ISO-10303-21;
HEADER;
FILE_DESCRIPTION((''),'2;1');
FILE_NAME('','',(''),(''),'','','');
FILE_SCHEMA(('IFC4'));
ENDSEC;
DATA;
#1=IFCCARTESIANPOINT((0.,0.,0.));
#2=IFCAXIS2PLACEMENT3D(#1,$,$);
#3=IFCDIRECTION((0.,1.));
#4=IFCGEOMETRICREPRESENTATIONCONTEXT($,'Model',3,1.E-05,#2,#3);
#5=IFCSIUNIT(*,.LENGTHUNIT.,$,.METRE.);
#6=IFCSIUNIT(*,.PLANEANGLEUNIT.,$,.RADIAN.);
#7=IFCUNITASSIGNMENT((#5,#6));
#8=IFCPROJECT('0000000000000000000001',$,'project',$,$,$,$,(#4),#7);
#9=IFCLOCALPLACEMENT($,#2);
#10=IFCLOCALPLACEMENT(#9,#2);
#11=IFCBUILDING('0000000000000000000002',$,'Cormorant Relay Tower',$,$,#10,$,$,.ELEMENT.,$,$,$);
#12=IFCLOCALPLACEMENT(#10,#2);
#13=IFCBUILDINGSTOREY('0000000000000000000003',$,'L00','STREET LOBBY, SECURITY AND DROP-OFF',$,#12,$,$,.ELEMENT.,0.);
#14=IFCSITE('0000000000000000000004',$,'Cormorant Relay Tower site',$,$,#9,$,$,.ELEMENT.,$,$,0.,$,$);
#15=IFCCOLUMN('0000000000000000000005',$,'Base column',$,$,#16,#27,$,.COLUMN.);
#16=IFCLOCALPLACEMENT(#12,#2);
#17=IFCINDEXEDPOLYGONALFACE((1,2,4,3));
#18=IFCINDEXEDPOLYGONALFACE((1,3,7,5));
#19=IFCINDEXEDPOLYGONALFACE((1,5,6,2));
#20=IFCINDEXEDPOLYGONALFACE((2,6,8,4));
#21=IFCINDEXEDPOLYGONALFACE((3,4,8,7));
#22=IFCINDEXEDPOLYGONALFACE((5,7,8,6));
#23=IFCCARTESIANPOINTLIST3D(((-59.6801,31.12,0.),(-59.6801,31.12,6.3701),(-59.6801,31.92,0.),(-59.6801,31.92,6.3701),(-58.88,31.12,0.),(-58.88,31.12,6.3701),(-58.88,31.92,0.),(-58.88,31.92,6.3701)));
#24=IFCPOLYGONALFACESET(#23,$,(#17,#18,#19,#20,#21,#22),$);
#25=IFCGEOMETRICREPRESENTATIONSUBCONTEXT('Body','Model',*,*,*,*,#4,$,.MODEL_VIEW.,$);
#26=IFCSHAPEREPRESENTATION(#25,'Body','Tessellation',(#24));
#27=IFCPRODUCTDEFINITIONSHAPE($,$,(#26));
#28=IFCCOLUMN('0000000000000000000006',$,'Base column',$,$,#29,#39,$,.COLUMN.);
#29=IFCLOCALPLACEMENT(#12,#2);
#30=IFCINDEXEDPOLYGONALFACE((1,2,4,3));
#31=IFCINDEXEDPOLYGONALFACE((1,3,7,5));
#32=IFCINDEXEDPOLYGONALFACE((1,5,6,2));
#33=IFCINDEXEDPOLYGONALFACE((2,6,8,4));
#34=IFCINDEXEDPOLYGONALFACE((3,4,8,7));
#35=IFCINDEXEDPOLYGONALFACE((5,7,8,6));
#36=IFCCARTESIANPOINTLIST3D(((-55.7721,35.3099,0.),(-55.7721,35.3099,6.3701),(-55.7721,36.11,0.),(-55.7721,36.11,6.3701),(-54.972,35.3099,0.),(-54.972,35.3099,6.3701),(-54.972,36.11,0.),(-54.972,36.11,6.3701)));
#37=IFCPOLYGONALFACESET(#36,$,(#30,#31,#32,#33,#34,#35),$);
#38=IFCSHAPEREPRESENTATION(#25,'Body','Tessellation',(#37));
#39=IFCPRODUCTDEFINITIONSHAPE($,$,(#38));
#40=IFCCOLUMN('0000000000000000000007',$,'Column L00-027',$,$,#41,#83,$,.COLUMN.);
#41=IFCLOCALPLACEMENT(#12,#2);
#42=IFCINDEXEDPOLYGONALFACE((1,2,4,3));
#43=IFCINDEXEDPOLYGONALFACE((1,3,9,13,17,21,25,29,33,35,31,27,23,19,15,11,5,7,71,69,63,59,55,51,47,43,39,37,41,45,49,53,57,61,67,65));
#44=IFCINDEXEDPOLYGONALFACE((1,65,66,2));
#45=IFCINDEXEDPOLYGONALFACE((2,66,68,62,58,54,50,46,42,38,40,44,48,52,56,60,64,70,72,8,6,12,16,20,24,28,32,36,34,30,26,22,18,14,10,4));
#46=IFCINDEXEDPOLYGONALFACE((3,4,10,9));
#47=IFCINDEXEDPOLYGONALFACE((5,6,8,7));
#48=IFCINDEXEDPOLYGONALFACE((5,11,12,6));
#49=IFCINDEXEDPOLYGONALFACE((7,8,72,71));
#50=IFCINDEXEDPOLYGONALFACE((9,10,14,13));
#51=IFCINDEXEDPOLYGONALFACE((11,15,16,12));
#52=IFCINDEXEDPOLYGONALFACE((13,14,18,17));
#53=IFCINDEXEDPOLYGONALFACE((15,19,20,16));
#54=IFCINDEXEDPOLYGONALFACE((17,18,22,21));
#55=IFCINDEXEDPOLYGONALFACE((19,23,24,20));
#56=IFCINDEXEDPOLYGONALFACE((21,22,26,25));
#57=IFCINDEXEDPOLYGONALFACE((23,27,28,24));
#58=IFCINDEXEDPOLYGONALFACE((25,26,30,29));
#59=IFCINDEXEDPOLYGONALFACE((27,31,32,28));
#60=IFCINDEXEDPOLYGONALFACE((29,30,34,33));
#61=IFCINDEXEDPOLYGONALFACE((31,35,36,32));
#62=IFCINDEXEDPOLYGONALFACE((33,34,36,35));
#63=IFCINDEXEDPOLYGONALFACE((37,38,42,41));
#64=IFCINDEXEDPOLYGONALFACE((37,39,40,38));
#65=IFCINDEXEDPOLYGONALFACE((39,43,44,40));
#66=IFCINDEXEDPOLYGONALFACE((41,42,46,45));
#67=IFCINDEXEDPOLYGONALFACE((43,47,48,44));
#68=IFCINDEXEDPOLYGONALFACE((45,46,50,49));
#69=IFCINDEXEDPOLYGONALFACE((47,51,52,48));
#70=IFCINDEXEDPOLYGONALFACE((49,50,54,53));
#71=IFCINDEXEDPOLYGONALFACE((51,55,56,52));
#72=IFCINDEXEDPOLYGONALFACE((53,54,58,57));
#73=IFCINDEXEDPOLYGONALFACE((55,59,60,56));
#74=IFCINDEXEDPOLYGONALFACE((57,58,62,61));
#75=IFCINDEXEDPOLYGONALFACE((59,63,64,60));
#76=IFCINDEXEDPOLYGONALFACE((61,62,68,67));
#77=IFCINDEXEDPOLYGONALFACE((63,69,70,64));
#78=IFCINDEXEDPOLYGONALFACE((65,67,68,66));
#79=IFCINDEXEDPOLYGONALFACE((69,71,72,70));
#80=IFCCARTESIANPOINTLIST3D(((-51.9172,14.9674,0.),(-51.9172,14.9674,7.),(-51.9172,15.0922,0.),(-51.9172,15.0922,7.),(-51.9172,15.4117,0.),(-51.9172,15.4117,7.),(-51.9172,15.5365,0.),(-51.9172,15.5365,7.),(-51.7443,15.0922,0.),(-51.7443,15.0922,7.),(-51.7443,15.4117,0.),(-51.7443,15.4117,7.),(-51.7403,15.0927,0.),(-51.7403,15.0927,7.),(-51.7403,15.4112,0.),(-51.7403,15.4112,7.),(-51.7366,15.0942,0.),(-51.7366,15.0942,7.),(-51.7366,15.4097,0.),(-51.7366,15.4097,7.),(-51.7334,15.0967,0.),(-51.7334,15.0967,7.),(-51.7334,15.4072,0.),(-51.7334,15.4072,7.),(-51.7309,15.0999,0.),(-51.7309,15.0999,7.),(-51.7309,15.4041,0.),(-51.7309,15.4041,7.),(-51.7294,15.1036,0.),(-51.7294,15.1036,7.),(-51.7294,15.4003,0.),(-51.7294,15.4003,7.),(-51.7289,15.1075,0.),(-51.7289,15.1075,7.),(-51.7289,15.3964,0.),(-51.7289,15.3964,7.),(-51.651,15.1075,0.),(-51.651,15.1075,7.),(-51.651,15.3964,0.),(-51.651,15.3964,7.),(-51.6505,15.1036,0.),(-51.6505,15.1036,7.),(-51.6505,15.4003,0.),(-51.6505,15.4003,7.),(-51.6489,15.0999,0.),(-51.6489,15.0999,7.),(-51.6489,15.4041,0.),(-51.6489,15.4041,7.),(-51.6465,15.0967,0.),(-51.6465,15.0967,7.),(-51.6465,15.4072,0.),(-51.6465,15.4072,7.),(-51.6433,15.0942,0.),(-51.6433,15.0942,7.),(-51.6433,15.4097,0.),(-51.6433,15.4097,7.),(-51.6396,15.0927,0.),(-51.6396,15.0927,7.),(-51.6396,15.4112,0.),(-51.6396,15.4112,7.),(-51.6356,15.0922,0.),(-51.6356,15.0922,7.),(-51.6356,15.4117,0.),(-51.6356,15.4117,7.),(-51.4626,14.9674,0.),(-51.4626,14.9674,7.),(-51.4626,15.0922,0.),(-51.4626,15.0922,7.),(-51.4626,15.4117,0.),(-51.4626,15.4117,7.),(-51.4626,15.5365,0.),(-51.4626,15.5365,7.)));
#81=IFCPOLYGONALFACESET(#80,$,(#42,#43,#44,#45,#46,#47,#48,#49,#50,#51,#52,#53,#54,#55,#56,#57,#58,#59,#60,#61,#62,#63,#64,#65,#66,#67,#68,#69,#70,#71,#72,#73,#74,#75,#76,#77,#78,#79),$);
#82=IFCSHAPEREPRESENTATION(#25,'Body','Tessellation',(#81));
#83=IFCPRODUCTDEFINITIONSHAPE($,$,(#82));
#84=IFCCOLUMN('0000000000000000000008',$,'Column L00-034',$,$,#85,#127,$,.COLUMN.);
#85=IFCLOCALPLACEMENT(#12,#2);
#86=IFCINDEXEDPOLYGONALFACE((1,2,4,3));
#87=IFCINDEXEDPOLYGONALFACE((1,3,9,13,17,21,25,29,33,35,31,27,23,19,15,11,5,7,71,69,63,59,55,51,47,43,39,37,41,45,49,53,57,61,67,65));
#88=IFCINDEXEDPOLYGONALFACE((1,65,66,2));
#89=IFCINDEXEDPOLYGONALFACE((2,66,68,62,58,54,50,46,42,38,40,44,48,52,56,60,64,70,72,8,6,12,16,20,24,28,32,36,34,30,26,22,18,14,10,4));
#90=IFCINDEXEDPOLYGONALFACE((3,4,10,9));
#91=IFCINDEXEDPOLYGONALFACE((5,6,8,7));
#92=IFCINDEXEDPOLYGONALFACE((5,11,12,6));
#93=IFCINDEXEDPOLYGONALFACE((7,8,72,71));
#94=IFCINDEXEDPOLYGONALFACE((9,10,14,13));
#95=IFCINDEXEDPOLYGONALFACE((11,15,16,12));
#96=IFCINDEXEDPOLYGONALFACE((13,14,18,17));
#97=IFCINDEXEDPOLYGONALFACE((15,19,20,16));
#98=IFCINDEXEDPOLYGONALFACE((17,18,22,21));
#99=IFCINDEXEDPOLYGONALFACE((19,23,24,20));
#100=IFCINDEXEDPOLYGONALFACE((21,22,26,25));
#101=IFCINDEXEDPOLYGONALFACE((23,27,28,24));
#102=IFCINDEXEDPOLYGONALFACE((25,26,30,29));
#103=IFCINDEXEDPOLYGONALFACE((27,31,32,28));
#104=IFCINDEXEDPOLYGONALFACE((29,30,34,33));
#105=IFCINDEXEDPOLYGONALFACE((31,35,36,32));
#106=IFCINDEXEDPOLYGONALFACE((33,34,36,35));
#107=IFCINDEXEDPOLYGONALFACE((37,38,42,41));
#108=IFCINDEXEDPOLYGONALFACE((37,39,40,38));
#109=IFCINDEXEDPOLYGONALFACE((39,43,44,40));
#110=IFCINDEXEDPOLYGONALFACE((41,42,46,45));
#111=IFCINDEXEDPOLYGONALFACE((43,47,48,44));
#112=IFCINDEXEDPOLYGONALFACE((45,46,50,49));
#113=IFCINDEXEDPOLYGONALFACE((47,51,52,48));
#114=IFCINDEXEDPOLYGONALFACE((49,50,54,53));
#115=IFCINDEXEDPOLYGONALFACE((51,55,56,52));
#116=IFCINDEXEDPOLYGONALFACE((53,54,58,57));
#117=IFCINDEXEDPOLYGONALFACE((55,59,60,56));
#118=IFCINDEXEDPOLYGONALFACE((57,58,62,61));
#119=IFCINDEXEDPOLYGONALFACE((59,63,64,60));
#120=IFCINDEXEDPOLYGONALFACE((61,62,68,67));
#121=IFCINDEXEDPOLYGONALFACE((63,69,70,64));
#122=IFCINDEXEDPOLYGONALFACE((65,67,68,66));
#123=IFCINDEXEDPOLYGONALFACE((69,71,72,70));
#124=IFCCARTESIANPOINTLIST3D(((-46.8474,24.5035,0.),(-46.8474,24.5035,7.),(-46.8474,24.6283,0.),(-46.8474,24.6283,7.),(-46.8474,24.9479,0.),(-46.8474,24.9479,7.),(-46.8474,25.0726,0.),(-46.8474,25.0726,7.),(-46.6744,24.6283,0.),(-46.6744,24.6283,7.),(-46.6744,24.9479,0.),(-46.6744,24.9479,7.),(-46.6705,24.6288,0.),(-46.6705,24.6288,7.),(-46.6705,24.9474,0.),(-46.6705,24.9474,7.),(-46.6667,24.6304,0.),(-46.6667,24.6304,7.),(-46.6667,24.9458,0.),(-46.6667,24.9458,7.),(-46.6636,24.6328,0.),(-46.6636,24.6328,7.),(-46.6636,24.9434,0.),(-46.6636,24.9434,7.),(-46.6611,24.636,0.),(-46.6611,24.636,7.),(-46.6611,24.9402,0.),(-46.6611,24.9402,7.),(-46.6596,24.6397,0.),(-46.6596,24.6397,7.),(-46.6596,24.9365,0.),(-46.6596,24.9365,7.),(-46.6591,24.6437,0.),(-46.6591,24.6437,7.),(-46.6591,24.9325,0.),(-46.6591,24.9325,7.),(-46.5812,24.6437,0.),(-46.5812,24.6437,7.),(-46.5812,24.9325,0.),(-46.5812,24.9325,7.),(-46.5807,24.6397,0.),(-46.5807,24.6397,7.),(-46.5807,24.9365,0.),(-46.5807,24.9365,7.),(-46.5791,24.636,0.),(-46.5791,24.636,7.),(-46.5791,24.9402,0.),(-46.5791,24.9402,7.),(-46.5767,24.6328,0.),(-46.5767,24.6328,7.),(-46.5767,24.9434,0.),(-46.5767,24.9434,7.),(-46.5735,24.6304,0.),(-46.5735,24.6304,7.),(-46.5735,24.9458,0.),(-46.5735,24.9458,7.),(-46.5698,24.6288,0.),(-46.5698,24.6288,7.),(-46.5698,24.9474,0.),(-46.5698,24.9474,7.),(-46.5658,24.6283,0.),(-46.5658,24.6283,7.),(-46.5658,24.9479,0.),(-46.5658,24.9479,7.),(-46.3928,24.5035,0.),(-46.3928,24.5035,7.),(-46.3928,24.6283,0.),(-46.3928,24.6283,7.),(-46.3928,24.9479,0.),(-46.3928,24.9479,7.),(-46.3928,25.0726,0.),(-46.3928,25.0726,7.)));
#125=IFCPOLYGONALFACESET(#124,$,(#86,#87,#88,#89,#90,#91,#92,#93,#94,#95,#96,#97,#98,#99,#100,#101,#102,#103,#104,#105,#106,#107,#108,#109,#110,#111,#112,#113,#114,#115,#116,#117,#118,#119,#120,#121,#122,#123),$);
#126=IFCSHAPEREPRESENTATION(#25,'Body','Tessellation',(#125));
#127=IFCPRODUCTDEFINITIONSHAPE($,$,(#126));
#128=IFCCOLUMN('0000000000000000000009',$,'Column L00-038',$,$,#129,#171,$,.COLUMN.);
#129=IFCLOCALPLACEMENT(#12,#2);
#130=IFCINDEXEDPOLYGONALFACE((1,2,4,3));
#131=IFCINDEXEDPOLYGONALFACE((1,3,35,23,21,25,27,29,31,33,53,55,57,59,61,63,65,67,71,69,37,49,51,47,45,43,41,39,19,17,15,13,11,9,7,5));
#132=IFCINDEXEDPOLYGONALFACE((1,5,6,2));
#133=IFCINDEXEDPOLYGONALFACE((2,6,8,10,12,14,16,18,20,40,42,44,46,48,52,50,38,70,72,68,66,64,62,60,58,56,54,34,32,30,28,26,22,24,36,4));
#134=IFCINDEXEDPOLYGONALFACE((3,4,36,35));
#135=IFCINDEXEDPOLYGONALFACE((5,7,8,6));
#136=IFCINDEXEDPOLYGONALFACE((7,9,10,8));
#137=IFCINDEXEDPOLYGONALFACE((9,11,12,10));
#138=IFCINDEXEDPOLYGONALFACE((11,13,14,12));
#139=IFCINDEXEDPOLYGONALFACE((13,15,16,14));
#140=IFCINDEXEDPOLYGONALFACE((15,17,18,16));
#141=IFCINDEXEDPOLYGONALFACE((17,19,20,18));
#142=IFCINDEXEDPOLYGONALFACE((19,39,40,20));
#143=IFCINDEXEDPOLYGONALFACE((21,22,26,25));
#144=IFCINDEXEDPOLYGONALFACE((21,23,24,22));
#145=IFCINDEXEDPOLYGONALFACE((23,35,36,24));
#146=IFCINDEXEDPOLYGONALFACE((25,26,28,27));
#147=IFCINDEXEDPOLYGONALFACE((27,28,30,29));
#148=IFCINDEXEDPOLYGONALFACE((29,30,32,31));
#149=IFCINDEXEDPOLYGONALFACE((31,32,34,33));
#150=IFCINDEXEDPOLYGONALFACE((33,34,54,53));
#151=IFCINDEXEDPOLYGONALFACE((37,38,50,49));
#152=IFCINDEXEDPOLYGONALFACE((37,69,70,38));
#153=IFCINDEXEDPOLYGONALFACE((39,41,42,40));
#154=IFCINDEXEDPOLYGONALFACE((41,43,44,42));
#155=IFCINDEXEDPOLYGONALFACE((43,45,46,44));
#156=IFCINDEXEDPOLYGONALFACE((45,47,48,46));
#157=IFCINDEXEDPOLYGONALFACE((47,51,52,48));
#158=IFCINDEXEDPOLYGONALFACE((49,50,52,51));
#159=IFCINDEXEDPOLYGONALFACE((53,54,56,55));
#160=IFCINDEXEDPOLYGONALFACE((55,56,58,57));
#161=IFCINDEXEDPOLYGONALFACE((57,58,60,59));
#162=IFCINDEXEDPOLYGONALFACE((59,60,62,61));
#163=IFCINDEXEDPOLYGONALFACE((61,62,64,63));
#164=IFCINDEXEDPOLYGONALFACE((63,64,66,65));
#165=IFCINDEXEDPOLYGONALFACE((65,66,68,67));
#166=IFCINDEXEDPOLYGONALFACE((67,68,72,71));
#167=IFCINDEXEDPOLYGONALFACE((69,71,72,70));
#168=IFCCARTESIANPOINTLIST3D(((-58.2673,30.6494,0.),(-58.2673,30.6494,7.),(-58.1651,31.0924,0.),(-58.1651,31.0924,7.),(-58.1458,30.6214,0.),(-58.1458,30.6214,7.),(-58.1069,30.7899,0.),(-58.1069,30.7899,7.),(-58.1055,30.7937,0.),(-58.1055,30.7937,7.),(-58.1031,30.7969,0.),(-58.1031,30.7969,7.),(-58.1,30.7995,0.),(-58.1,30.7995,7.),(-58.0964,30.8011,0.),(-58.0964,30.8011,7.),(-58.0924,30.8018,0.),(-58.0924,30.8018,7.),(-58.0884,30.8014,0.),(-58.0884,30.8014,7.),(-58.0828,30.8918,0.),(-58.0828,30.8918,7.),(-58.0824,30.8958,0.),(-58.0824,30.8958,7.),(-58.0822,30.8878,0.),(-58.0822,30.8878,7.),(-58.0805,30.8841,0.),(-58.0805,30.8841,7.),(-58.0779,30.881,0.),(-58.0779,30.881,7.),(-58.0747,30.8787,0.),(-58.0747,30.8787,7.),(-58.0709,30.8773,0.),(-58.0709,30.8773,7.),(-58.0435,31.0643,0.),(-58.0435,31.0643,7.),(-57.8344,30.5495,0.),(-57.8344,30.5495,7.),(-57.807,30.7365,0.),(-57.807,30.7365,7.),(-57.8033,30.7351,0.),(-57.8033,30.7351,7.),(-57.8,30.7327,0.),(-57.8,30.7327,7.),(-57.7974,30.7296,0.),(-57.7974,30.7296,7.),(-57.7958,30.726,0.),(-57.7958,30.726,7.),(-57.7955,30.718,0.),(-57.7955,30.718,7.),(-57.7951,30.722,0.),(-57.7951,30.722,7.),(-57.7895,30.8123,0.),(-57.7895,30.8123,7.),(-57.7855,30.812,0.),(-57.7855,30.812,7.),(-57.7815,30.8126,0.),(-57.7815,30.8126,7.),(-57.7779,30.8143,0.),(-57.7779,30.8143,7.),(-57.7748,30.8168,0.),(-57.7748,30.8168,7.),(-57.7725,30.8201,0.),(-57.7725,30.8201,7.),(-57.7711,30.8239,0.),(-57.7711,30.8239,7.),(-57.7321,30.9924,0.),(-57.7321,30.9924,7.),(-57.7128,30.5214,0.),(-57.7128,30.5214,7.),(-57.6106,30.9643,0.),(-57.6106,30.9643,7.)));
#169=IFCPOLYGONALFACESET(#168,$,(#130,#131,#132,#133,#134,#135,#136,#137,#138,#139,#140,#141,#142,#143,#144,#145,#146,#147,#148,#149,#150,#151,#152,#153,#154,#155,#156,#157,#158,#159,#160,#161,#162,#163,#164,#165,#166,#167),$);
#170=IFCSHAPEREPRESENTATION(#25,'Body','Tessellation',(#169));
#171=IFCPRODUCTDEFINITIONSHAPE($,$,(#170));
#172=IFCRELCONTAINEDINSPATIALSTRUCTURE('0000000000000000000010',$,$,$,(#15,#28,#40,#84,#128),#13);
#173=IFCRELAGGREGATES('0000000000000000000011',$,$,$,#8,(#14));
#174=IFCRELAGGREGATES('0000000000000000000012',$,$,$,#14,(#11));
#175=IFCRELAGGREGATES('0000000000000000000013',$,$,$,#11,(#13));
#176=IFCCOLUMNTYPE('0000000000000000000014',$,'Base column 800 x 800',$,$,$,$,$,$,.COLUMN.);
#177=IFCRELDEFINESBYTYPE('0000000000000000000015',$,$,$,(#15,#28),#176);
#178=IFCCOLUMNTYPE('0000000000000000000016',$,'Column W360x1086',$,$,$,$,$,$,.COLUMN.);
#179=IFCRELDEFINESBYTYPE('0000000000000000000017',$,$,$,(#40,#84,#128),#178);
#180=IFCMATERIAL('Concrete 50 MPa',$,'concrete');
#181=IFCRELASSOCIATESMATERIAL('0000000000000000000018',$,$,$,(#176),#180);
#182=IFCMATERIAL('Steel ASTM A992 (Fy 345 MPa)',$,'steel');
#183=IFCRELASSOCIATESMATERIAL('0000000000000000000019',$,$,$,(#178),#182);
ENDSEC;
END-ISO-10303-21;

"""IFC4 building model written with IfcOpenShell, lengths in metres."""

from ifc_helpers import new_model, si_unit, direction, frame, origin, origin_2d, place, context, subcontext, project, spatial, rectangle, i_section, extrude, material, material_profile, profile_set, type_object, element, save


model = new_model("IFC4")

# Units and contexts
model_context = context("Model", 3, precision=1e-05, world=origin(), true_north=direction((0.0, 1.0)))
body_context = subcontext(model_context, "Body", "Model", "MODEL_VIEW")
ifc_project = project(units=[si_unit("LENGTHUNIT", "METRE"), si_unit("PLANEANGLEUNIT", "RADIAN")], contexts=[model_context])

# Site, building, storey
site_placement = place(None, origin())
site = spatial("IfcSite", under=ifc_project, at=site_placement, Name="Cormorant Relay Tower site", CompositionType="ELEMENT", RefElevation=0.0)
building_placement = place(site_placement, origin())
building = spatial("IfcBuilding", under=site, at=building_placement, Name="Cormorant Relay Tower", CompositionType="ELEMENT")
storey_placement = place(building_placement, origin())
storey = spatial("IfcBuildingStorey", under=building, at=storey_placement, Name="L00", Description="STREET LOBBY, SECURITY AND DROP-OFF", CompositionType="ELEMENT", Elevation=0.0)

# Columns
ifc_material_1 = material(Name="Concrete 50 MPa", Category="concrete")
ifc_material_profile_1 = material_profile(ifc_material_1, rectangle(XDim=0.8, YDim=0.8, at=origin_2d()), Name="RC 800x800")
ifc_profile_set_1 = profile_set([ifc_material_profile_1], Name="Concrete 50 MPa")
column_type_1 = type_object("IfcColumnType", Name="Base column 800 x 800", PredefinedType="COLUMN", material=ifc_profile_set_1)
for number, where, z_axis, x_axis, name in (
    (1, (-59.28, 31.52, 0.0), (0.0, 0.0, 1.0), (1.0, 0.0, 0.0), "Base column"),
    (2, (-55.3721, 35.71, 0.0), (0.0, 0.0, 1.0), (1.0, 0.0, 0.0), "Base column"),
):
    element("IfcColumn", number, at=place(storey_placement, frame(where, z_axis=z_axis, x_axis=x_axis)), inside=storey, type_object=column_type_1, Name=name, PredefinedType="COLUMN", context=body_context, shape_type="SweptSolid", body=[
        extrude(rectangle(XDim=0.8, YDim=0.8, at=origin_2d()), origin(), (0.0, 0.0, 1.0), 6.3701),
    ])
ifc_material_2 = material(Name="Steel ASTM A992 (Fy 345 MPa)", Category="steel")
ifc_material_profile_2 = material_profile(ifc_material_2, i_section(OverallWidth=0.4546, OverallDepth=0.5691, WebThickness=0.0779, FlangeThickness=0.1248, FilletRadius=0.0154, at=origin_2d()), Name="W360x1086")
ifc_profile_set_2 = profile_set([ifc_material_profile_2], Name="Steel ASTM A992 (Fy 345 MPa)")
column_type_2 = type_object("IfcColumnType", Name="Column W360x1086", PredefinedType="COLUMN", material=ifc_profile_set_2)
for number, where, z_axis, x_axis, name in (
    (3, (-51.6899, 15.252, 0.0), (0.0, 0.0, 1.0), (1.0, 0.0, 0.0), "Column L00-027"),
    (4, (-46.6201, 24.7881, 0.0), (0.0, 0.0, 1.0), (1.0, 0.0, 0.0), "Column L00-034"),
    (5, (-57.939, 30.8069, 0.0), (0.0, 0.0, 1.0), (-0.224951, -0.97437, 0.0), "Column L00-038"),
):
    element("IfcColumn", number, at=place(storey_placement, frame(where, z_axis=z_axis, x_axis=x_axis)), inside=storey, type_object=column_type_2, Name=name, PredefinedType="COLUMN", context=body_context, shape_type="SweptSolid", body=[
        extrude(i_section(OverallWidth=0.4546, OverallDepth=0.5691, WebThickness=0.0779, FlangeThickness=0.1248, FilletRadius=0.0154, at=origin_2d()), origin(), (0.0, 0.0, 1.0), 7.0),
    ])

save(model, "model.ifc")
